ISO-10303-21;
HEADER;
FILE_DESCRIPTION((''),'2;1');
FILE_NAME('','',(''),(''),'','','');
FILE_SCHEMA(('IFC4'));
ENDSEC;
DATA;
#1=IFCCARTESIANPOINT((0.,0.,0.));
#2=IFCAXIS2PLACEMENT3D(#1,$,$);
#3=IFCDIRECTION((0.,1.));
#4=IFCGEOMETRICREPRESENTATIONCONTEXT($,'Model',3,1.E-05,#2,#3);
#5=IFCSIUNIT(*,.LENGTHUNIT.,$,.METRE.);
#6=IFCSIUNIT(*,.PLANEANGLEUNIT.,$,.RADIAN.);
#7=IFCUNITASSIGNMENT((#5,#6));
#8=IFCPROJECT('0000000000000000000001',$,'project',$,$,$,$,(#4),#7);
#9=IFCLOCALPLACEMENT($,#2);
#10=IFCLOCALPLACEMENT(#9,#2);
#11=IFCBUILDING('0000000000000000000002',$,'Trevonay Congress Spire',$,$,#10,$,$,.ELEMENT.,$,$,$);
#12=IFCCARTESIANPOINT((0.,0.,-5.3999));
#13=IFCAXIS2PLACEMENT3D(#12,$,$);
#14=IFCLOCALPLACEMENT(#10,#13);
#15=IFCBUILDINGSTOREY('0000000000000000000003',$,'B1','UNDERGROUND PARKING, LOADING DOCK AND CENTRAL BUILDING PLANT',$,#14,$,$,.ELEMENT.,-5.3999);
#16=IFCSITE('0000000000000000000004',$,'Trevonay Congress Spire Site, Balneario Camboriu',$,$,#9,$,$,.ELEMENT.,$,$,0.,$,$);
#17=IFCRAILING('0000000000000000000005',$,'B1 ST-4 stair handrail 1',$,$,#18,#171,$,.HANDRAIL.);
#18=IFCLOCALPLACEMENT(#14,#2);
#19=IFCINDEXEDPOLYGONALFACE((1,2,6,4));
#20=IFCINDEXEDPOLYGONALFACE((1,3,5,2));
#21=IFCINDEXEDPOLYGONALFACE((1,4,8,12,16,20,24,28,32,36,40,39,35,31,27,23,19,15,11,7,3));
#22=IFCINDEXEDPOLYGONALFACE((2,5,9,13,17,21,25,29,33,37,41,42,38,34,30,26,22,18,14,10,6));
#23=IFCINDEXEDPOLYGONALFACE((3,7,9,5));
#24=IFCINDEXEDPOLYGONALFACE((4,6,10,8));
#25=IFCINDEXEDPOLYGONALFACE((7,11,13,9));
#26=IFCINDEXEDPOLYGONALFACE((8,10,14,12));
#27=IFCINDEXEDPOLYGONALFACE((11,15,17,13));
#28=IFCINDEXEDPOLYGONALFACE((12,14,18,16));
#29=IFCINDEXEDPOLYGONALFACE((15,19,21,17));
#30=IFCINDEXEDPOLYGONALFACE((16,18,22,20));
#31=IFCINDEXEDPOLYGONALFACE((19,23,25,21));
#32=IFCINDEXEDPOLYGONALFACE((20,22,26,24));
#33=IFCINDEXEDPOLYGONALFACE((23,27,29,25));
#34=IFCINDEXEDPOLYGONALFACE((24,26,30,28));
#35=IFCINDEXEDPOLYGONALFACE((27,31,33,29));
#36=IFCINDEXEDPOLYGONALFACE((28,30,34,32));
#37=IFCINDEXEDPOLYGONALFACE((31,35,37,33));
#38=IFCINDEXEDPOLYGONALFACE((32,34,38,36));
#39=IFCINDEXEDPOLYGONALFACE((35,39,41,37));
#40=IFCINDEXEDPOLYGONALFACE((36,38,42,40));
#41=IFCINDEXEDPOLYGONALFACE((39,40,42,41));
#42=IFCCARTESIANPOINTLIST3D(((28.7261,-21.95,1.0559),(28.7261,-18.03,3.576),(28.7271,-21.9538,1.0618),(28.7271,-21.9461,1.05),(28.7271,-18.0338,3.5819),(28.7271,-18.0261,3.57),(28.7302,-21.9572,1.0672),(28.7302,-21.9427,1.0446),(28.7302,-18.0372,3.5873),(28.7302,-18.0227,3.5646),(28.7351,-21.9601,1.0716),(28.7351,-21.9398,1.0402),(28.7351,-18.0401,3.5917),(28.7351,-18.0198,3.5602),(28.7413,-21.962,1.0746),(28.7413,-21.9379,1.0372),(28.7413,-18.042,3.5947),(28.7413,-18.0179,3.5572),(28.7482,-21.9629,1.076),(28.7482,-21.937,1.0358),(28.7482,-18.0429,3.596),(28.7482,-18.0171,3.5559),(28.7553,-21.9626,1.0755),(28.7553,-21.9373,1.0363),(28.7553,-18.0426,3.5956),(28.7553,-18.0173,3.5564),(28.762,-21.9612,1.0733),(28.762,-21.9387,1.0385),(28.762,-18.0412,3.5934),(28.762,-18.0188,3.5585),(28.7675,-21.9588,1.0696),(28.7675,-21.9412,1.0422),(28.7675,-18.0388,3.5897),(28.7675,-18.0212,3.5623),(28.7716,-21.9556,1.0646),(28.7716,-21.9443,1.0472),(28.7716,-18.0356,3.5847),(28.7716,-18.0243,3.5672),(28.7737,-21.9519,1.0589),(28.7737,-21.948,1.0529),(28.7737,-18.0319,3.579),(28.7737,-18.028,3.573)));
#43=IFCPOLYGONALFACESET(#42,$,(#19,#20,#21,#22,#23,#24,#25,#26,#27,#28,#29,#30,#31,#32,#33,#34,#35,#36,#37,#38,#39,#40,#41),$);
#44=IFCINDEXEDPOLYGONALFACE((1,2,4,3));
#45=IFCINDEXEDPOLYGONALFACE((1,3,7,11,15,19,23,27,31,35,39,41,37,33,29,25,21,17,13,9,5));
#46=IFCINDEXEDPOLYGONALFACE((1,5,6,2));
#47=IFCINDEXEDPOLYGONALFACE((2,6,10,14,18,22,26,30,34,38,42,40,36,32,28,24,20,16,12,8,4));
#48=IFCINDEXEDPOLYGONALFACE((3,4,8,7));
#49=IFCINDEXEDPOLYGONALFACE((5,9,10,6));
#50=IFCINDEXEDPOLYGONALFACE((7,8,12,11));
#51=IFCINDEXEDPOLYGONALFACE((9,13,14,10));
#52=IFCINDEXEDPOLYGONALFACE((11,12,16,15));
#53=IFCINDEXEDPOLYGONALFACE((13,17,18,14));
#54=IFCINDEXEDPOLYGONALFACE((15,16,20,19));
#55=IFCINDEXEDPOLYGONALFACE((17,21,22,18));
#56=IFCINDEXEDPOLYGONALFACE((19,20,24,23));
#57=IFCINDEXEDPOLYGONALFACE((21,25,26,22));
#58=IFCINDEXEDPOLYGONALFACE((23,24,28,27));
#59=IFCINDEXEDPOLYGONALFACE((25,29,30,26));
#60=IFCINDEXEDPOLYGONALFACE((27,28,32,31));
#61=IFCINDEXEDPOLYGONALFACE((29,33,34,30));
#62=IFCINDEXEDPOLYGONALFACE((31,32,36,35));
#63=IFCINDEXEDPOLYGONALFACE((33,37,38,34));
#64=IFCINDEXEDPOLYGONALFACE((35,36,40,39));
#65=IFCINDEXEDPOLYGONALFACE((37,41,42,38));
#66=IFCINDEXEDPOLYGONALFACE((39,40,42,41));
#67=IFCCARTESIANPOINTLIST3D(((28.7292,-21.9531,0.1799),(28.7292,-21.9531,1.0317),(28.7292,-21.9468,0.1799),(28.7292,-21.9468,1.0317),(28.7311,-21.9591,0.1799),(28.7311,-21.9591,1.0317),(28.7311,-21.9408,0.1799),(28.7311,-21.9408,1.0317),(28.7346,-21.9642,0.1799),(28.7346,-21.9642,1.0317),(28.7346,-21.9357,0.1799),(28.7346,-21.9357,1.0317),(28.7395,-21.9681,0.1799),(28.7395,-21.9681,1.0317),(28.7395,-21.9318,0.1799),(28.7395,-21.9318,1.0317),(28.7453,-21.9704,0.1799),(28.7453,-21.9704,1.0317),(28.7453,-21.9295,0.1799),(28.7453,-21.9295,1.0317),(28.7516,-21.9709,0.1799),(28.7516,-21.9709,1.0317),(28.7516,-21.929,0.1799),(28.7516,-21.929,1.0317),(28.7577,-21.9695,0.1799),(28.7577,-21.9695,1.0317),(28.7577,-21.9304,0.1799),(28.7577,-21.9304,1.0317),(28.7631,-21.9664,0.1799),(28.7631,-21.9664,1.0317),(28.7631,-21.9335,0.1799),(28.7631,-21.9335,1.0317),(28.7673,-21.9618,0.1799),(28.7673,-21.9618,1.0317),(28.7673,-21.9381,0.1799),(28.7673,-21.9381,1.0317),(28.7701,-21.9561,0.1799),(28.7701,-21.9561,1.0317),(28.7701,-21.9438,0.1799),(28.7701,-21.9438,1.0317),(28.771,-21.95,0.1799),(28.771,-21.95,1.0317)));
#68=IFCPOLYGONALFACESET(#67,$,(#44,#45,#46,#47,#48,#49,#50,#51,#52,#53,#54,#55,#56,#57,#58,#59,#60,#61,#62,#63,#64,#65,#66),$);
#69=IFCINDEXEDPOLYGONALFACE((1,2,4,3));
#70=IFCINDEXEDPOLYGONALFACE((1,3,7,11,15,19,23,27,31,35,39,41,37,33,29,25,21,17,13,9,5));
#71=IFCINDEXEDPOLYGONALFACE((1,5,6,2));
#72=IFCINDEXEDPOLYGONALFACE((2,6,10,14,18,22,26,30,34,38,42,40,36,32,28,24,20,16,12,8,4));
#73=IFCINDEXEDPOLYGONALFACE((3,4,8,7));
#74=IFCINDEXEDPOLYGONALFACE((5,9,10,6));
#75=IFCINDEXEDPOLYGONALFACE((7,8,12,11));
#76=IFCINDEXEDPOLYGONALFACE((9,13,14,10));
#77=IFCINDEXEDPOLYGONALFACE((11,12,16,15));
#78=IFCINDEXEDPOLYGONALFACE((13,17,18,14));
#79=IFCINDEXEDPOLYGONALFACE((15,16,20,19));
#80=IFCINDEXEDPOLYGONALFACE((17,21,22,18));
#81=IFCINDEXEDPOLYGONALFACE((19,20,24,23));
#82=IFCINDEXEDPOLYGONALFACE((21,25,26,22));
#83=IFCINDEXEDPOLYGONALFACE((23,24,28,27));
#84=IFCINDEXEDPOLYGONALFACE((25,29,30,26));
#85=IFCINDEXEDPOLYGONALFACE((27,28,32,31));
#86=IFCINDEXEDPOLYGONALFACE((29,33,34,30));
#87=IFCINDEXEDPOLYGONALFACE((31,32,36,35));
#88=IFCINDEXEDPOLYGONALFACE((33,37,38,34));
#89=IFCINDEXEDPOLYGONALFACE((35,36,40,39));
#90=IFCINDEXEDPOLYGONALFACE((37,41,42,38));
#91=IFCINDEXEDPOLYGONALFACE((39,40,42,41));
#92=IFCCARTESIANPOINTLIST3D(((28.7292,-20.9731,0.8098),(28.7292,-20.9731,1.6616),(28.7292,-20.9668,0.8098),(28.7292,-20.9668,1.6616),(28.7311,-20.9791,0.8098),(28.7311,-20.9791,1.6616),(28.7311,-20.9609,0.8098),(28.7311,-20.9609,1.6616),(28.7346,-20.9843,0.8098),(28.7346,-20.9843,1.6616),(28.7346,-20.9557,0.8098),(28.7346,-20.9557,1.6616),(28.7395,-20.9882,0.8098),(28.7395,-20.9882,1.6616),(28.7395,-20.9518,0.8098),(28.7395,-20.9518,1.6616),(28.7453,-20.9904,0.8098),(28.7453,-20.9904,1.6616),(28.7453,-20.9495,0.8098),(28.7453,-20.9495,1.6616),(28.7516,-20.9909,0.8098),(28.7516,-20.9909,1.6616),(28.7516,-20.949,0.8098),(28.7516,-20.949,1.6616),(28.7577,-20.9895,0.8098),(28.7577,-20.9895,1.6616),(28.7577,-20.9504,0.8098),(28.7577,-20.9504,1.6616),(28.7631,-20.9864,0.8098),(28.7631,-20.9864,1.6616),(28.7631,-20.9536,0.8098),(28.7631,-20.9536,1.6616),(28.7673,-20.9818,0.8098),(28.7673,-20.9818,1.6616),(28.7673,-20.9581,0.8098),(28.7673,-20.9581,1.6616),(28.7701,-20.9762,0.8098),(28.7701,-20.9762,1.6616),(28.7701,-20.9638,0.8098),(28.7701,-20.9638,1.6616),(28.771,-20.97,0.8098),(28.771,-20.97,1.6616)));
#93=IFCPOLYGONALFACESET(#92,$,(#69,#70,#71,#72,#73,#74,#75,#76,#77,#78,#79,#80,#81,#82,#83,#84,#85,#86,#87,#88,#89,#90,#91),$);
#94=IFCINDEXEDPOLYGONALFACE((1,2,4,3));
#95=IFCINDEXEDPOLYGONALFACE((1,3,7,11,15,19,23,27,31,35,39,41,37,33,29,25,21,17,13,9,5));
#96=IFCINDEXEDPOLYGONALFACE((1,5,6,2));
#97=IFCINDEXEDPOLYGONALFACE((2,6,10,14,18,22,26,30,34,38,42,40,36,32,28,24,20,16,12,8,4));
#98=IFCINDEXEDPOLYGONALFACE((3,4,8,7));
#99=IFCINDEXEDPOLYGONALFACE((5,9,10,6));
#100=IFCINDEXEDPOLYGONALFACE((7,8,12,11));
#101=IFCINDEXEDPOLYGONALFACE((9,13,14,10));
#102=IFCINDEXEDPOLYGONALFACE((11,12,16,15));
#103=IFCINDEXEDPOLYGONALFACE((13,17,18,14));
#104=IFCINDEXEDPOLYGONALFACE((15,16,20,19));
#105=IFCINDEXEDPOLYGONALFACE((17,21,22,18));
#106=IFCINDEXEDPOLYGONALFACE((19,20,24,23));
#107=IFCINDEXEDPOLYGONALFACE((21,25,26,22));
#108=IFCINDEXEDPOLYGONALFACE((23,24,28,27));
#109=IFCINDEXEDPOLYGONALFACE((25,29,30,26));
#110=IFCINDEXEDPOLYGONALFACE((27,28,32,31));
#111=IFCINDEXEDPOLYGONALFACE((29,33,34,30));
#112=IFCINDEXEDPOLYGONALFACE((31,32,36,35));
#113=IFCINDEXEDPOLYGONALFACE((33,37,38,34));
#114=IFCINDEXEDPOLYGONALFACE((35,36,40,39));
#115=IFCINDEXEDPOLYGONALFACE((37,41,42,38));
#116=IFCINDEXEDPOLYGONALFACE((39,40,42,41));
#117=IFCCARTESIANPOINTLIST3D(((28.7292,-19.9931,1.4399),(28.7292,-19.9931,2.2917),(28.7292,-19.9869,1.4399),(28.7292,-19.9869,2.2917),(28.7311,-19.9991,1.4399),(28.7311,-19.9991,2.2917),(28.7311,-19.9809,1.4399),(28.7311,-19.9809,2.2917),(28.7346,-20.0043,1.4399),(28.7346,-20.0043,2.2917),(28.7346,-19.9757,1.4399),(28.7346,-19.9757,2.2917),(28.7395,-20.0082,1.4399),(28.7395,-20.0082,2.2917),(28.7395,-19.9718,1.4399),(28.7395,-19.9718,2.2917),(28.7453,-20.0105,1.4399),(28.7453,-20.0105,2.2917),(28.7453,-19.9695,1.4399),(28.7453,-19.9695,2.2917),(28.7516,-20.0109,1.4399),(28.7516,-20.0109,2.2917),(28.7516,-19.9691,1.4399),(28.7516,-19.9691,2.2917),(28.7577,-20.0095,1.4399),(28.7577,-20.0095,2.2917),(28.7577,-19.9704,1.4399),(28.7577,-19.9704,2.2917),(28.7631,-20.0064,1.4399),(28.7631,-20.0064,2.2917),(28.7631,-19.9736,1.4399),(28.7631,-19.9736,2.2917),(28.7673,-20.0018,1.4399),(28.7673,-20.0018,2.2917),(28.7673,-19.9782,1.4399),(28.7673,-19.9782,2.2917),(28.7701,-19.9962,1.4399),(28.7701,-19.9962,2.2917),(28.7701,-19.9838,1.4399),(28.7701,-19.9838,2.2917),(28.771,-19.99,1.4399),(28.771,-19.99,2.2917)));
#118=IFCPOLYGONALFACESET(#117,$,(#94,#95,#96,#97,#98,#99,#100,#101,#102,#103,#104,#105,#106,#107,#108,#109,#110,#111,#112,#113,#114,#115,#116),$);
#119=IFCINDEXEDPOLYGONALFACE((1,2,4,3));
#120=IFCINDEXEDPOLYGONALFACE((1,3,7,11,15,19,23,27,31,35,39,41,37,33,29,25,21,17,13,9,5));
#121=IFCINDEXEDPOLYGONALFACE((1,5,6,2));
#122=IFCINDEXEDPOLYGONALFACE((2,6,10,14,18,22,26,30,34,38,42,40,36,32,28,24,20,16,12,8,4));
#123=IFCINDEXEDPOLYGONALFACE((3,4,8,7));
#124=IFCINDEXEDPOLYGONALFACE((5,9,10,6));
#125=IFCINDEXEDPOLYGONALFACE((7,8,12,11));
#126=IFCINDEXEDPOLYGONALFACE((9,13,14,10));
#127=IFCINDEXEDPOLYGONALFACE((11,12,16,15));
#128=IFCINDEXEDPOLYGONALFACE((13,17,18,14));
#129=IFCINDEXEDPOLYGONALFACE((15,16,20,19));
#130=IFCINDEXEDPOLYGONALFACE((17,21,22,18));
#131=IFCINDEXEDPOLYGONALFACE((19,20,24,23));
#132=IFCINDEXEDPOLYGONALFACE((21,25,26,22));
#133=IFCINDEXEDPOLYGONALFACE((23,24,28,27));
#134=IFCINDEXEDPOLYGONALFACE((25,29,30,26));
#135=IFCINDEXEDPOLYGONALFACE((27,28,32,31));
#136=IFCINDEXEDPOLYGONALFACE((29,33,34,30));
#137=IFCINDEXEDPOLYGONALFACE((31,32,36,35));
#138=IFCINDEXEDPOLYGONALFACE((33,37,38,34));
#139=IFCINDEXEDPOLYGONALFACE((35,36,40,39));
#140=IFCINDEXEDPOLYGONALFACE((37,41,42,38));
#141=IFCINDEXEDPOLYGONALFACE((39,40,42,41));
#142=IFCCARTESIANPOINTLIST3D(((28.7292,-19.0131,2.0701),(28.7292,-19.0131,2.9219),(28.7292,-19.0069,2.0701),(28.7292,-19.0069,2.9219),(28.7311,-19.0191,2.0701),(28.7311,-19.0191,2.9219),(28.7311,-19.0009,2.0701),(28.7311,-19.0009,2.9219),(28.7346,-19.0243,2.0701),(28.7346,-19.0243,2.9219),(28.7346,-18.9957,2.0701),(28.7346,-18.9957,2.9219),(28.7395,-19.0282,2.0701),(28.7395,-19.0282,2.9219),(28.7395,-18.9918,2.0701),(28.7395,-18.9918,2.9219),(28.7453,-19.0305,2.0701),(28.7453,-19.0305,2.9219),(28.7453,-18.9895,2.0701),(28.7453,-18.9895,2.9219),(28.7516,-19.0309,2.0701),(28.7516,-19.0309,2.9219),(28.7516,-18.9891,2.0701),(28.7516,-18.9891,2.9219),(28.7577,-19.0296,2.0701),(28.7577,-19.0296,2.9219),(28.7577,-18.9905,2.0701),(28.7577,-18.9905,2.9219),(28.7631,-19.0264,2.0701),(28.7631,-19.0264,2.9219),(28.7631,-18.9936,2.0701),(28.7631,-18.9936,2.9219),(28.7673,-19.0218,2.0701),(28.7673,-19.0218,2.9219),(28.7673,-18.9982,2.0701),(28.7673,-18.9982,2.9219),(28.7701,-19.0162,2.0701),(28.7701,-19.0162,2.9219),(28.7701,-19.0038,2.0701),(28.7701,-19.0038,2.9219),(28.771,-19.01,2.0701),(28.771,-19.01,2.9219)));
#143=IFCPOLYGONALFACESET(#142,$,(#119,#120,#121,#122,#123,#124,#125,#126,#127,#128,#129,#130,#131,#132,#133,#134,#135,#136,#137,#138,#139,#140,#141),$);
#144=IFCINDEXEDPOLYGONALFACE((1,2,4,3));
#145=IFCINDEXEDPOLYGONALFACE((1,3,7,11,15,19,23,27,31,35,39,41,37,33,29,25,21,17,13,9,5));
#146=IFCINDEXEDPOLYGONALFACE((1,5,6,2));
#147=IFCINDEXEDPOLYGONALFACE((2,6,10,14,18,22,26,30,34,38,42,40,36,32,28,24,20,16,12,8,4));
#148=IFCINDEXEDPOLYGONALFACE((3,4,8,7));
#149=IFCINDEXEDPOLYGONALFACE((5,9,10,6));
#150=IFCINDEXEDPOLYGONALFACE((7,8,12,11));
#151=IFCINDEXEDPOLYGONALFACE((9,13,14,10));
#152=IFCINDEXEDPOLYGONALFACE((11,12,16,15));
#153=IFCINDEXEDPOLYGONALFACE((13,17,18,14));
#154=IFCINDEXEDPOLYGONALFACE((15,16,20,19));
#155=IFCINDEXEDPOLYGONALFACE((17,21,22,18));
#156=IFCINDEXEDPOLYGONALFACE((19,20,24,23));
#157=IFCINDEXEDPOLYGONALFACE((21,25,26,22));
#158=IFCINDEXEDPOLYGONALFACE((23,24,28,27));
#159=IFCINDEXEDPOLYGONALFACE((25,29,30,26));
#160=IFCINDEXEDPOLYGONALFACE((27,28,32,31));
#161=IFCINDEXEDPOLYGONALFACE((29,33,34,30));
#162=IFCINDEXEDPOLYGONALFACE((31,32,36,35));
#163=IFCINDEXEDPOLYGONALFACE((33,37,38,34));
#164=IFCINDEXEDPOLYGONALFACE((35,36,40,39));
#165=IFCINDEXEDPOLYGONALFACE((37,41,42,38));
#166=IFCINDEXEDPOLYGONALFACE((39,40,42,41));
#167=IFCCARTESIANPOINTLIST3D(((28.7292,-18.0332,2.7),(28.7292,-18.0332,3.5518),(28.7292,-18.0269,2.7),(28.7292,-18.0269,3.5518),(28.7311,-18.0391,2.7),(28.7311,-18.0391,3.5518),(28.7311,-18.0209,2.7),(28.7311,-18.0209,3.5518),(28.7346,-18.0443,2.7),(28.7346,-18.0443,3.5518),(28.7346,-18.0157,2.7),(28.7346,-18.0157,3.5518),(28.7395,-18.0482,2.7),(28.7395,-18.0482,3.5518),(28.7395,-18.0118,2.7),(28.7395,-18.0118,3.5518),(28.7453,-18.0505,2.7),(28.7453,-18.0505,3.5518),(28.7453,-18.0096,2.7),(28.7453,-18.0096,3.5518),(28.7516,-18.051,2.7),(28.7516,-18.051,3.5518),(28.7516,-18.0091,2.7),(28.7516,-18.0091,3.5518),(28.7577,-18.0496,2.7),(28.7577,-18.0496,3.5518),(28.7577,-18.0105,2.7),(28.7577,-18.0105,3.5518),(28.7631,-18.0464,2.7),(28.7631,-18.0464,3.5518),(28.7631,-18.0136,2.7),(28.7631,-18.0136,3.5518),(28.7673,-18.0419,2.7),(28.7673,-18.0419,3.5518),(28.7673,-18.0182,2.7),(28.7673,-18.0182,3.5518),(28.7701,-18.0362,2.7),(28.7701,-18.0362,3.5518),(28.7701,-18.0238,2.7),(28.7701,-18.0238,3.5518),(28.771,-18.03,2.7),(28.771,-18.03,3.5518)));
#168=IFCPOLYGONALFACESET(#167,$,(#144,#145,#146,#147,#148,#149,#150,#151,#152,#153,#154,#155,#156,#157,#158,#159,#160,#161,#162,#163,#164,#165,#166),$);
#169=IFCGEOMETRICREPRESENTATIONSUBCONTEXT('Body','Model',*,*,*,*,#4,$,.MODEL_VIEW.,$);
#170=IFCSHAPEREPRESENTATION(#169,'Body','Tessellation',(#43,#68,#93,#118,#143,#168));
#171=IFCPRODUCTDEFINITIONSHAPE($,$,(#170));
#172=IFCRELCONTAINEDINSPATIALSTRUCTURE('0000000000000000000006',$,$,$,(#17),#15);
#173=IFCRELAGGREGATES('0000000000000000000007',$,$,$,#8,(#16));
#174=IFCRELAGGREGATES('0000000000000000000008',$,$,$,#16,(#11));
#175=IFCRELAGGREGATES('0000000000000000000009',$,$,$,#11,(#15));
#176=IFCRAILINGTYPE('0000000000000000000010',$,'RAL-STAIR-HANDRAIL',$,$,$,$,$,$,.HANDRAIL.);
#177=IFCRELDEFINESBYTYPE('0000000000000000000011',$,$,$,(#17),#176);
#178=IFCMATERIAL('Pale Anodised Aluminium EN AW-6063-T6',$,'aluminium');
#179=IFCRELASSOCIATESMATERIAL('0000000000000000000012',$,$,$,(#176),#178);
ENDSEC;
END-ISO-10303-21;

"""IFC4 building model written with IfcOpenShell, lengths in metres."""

from ifc_helpers import new_model, si_unit, direction, frame, origin, origin_2d, place, context, subcontext, project, spatial, circle, extrude, material, type_object, element, save


model = new_model("IFC4")

# Units and contexts
model_context = context("Model", 3, precision=1e-05, world=origin(), true_north=direction((0.0, 1.0)))
body_context = subcontext(model_context, "Body", "Model", "MODEL_VIEW")
ifc_project = project(units=[si_unit("LENGTHUNIT", "METRE"), si_unit("PLANEANGLEUNIT", "RADIAN")], contexts=[model_context])

# Site, building, storey
site_placement = place(None, origin())
site = spatial("IfcSite", under=ifc_project, at=site_placement, Name="Trevonay Congress Spire Site, Balneario Camboriu", CompositionType="ELEMENT", RefElevation=0.0)
building_placement = place(site_placement, origin())
building = spatial("IfcBuilding", under=site, at=building_placement, Name="Trevonay Congress Spire", CompositionType="ELEMENT")
storey_placement = place(building_placement, frame((0.0, 0.0, -5.3999)))
storey = spatial("IfcBuildingStorey", under=building, at=storey_placement, Name="B1", Description="UNDERGROUND PARKING, LOADING DOCK AND CENTRAL BUILDING PLANT", CompositionType="ELEMENT", Elevation=-5.3999)

# Railing
ifc_material_1 = material(Name="Pale Anodised Aluminium EN AW-6063-T6", Category="aluminium")
railing_type_1 = type_object("IfcRailingType", Name="RAL-STAIR-HANDRAIL", PredefinedType="HANDRAIL", material=ifc_material_1)
railing_1_placement = place(storey_placement, frame((28.75, -21.95, 0.1799)))
element("IfcRailing", 1, at=railing_1_placement, inside=storey, type_object=railing_type_1, Name="B1 ST-4 stair handrail 1", PredefinedType="HANDRAIL", context=body_context, shape_type="SweptSolid", body=[
    extrude(circle(Radius=0.0239, at=origin_2d()), frame((0.0, 0.0, 0.876), z_axis=(0.0, 0.841172, 0.540768), x_axis=(-1.0, 0.0, 0.0)), (0.0, 0.0, 1.0), 4.6602),
    extrude(circle(Radius=0.021, at=origin_2d()), origin(), (0.0, 0.0, 1.0), 0.8518),
    extrude(circle(Radius=0.021, at=origin_2d()), frame((0.0, 0.98, 0.6299)), (0.0, 0.0, 1.0), 0.8518),
    extrude(circle(Radius=0.021, at=origin_2d()), frame((0.0, 1.96, 1.26)), (0.0, 0.0, 1.0), 0.8518),
    extrude(circle(Radius=0.021, at=origin_2d()), frame((0.0, 2.9399, 1.8901)), (0.0, 0.0, 1.0), 0.8518),
    extrude(circle(Radius=0.021, at=origin_2d()), frame((0.0, 3.9199, 2.52)), (0.0, 0.0, 1.0), 0.8518),
])

save(model, "model.ifc")
